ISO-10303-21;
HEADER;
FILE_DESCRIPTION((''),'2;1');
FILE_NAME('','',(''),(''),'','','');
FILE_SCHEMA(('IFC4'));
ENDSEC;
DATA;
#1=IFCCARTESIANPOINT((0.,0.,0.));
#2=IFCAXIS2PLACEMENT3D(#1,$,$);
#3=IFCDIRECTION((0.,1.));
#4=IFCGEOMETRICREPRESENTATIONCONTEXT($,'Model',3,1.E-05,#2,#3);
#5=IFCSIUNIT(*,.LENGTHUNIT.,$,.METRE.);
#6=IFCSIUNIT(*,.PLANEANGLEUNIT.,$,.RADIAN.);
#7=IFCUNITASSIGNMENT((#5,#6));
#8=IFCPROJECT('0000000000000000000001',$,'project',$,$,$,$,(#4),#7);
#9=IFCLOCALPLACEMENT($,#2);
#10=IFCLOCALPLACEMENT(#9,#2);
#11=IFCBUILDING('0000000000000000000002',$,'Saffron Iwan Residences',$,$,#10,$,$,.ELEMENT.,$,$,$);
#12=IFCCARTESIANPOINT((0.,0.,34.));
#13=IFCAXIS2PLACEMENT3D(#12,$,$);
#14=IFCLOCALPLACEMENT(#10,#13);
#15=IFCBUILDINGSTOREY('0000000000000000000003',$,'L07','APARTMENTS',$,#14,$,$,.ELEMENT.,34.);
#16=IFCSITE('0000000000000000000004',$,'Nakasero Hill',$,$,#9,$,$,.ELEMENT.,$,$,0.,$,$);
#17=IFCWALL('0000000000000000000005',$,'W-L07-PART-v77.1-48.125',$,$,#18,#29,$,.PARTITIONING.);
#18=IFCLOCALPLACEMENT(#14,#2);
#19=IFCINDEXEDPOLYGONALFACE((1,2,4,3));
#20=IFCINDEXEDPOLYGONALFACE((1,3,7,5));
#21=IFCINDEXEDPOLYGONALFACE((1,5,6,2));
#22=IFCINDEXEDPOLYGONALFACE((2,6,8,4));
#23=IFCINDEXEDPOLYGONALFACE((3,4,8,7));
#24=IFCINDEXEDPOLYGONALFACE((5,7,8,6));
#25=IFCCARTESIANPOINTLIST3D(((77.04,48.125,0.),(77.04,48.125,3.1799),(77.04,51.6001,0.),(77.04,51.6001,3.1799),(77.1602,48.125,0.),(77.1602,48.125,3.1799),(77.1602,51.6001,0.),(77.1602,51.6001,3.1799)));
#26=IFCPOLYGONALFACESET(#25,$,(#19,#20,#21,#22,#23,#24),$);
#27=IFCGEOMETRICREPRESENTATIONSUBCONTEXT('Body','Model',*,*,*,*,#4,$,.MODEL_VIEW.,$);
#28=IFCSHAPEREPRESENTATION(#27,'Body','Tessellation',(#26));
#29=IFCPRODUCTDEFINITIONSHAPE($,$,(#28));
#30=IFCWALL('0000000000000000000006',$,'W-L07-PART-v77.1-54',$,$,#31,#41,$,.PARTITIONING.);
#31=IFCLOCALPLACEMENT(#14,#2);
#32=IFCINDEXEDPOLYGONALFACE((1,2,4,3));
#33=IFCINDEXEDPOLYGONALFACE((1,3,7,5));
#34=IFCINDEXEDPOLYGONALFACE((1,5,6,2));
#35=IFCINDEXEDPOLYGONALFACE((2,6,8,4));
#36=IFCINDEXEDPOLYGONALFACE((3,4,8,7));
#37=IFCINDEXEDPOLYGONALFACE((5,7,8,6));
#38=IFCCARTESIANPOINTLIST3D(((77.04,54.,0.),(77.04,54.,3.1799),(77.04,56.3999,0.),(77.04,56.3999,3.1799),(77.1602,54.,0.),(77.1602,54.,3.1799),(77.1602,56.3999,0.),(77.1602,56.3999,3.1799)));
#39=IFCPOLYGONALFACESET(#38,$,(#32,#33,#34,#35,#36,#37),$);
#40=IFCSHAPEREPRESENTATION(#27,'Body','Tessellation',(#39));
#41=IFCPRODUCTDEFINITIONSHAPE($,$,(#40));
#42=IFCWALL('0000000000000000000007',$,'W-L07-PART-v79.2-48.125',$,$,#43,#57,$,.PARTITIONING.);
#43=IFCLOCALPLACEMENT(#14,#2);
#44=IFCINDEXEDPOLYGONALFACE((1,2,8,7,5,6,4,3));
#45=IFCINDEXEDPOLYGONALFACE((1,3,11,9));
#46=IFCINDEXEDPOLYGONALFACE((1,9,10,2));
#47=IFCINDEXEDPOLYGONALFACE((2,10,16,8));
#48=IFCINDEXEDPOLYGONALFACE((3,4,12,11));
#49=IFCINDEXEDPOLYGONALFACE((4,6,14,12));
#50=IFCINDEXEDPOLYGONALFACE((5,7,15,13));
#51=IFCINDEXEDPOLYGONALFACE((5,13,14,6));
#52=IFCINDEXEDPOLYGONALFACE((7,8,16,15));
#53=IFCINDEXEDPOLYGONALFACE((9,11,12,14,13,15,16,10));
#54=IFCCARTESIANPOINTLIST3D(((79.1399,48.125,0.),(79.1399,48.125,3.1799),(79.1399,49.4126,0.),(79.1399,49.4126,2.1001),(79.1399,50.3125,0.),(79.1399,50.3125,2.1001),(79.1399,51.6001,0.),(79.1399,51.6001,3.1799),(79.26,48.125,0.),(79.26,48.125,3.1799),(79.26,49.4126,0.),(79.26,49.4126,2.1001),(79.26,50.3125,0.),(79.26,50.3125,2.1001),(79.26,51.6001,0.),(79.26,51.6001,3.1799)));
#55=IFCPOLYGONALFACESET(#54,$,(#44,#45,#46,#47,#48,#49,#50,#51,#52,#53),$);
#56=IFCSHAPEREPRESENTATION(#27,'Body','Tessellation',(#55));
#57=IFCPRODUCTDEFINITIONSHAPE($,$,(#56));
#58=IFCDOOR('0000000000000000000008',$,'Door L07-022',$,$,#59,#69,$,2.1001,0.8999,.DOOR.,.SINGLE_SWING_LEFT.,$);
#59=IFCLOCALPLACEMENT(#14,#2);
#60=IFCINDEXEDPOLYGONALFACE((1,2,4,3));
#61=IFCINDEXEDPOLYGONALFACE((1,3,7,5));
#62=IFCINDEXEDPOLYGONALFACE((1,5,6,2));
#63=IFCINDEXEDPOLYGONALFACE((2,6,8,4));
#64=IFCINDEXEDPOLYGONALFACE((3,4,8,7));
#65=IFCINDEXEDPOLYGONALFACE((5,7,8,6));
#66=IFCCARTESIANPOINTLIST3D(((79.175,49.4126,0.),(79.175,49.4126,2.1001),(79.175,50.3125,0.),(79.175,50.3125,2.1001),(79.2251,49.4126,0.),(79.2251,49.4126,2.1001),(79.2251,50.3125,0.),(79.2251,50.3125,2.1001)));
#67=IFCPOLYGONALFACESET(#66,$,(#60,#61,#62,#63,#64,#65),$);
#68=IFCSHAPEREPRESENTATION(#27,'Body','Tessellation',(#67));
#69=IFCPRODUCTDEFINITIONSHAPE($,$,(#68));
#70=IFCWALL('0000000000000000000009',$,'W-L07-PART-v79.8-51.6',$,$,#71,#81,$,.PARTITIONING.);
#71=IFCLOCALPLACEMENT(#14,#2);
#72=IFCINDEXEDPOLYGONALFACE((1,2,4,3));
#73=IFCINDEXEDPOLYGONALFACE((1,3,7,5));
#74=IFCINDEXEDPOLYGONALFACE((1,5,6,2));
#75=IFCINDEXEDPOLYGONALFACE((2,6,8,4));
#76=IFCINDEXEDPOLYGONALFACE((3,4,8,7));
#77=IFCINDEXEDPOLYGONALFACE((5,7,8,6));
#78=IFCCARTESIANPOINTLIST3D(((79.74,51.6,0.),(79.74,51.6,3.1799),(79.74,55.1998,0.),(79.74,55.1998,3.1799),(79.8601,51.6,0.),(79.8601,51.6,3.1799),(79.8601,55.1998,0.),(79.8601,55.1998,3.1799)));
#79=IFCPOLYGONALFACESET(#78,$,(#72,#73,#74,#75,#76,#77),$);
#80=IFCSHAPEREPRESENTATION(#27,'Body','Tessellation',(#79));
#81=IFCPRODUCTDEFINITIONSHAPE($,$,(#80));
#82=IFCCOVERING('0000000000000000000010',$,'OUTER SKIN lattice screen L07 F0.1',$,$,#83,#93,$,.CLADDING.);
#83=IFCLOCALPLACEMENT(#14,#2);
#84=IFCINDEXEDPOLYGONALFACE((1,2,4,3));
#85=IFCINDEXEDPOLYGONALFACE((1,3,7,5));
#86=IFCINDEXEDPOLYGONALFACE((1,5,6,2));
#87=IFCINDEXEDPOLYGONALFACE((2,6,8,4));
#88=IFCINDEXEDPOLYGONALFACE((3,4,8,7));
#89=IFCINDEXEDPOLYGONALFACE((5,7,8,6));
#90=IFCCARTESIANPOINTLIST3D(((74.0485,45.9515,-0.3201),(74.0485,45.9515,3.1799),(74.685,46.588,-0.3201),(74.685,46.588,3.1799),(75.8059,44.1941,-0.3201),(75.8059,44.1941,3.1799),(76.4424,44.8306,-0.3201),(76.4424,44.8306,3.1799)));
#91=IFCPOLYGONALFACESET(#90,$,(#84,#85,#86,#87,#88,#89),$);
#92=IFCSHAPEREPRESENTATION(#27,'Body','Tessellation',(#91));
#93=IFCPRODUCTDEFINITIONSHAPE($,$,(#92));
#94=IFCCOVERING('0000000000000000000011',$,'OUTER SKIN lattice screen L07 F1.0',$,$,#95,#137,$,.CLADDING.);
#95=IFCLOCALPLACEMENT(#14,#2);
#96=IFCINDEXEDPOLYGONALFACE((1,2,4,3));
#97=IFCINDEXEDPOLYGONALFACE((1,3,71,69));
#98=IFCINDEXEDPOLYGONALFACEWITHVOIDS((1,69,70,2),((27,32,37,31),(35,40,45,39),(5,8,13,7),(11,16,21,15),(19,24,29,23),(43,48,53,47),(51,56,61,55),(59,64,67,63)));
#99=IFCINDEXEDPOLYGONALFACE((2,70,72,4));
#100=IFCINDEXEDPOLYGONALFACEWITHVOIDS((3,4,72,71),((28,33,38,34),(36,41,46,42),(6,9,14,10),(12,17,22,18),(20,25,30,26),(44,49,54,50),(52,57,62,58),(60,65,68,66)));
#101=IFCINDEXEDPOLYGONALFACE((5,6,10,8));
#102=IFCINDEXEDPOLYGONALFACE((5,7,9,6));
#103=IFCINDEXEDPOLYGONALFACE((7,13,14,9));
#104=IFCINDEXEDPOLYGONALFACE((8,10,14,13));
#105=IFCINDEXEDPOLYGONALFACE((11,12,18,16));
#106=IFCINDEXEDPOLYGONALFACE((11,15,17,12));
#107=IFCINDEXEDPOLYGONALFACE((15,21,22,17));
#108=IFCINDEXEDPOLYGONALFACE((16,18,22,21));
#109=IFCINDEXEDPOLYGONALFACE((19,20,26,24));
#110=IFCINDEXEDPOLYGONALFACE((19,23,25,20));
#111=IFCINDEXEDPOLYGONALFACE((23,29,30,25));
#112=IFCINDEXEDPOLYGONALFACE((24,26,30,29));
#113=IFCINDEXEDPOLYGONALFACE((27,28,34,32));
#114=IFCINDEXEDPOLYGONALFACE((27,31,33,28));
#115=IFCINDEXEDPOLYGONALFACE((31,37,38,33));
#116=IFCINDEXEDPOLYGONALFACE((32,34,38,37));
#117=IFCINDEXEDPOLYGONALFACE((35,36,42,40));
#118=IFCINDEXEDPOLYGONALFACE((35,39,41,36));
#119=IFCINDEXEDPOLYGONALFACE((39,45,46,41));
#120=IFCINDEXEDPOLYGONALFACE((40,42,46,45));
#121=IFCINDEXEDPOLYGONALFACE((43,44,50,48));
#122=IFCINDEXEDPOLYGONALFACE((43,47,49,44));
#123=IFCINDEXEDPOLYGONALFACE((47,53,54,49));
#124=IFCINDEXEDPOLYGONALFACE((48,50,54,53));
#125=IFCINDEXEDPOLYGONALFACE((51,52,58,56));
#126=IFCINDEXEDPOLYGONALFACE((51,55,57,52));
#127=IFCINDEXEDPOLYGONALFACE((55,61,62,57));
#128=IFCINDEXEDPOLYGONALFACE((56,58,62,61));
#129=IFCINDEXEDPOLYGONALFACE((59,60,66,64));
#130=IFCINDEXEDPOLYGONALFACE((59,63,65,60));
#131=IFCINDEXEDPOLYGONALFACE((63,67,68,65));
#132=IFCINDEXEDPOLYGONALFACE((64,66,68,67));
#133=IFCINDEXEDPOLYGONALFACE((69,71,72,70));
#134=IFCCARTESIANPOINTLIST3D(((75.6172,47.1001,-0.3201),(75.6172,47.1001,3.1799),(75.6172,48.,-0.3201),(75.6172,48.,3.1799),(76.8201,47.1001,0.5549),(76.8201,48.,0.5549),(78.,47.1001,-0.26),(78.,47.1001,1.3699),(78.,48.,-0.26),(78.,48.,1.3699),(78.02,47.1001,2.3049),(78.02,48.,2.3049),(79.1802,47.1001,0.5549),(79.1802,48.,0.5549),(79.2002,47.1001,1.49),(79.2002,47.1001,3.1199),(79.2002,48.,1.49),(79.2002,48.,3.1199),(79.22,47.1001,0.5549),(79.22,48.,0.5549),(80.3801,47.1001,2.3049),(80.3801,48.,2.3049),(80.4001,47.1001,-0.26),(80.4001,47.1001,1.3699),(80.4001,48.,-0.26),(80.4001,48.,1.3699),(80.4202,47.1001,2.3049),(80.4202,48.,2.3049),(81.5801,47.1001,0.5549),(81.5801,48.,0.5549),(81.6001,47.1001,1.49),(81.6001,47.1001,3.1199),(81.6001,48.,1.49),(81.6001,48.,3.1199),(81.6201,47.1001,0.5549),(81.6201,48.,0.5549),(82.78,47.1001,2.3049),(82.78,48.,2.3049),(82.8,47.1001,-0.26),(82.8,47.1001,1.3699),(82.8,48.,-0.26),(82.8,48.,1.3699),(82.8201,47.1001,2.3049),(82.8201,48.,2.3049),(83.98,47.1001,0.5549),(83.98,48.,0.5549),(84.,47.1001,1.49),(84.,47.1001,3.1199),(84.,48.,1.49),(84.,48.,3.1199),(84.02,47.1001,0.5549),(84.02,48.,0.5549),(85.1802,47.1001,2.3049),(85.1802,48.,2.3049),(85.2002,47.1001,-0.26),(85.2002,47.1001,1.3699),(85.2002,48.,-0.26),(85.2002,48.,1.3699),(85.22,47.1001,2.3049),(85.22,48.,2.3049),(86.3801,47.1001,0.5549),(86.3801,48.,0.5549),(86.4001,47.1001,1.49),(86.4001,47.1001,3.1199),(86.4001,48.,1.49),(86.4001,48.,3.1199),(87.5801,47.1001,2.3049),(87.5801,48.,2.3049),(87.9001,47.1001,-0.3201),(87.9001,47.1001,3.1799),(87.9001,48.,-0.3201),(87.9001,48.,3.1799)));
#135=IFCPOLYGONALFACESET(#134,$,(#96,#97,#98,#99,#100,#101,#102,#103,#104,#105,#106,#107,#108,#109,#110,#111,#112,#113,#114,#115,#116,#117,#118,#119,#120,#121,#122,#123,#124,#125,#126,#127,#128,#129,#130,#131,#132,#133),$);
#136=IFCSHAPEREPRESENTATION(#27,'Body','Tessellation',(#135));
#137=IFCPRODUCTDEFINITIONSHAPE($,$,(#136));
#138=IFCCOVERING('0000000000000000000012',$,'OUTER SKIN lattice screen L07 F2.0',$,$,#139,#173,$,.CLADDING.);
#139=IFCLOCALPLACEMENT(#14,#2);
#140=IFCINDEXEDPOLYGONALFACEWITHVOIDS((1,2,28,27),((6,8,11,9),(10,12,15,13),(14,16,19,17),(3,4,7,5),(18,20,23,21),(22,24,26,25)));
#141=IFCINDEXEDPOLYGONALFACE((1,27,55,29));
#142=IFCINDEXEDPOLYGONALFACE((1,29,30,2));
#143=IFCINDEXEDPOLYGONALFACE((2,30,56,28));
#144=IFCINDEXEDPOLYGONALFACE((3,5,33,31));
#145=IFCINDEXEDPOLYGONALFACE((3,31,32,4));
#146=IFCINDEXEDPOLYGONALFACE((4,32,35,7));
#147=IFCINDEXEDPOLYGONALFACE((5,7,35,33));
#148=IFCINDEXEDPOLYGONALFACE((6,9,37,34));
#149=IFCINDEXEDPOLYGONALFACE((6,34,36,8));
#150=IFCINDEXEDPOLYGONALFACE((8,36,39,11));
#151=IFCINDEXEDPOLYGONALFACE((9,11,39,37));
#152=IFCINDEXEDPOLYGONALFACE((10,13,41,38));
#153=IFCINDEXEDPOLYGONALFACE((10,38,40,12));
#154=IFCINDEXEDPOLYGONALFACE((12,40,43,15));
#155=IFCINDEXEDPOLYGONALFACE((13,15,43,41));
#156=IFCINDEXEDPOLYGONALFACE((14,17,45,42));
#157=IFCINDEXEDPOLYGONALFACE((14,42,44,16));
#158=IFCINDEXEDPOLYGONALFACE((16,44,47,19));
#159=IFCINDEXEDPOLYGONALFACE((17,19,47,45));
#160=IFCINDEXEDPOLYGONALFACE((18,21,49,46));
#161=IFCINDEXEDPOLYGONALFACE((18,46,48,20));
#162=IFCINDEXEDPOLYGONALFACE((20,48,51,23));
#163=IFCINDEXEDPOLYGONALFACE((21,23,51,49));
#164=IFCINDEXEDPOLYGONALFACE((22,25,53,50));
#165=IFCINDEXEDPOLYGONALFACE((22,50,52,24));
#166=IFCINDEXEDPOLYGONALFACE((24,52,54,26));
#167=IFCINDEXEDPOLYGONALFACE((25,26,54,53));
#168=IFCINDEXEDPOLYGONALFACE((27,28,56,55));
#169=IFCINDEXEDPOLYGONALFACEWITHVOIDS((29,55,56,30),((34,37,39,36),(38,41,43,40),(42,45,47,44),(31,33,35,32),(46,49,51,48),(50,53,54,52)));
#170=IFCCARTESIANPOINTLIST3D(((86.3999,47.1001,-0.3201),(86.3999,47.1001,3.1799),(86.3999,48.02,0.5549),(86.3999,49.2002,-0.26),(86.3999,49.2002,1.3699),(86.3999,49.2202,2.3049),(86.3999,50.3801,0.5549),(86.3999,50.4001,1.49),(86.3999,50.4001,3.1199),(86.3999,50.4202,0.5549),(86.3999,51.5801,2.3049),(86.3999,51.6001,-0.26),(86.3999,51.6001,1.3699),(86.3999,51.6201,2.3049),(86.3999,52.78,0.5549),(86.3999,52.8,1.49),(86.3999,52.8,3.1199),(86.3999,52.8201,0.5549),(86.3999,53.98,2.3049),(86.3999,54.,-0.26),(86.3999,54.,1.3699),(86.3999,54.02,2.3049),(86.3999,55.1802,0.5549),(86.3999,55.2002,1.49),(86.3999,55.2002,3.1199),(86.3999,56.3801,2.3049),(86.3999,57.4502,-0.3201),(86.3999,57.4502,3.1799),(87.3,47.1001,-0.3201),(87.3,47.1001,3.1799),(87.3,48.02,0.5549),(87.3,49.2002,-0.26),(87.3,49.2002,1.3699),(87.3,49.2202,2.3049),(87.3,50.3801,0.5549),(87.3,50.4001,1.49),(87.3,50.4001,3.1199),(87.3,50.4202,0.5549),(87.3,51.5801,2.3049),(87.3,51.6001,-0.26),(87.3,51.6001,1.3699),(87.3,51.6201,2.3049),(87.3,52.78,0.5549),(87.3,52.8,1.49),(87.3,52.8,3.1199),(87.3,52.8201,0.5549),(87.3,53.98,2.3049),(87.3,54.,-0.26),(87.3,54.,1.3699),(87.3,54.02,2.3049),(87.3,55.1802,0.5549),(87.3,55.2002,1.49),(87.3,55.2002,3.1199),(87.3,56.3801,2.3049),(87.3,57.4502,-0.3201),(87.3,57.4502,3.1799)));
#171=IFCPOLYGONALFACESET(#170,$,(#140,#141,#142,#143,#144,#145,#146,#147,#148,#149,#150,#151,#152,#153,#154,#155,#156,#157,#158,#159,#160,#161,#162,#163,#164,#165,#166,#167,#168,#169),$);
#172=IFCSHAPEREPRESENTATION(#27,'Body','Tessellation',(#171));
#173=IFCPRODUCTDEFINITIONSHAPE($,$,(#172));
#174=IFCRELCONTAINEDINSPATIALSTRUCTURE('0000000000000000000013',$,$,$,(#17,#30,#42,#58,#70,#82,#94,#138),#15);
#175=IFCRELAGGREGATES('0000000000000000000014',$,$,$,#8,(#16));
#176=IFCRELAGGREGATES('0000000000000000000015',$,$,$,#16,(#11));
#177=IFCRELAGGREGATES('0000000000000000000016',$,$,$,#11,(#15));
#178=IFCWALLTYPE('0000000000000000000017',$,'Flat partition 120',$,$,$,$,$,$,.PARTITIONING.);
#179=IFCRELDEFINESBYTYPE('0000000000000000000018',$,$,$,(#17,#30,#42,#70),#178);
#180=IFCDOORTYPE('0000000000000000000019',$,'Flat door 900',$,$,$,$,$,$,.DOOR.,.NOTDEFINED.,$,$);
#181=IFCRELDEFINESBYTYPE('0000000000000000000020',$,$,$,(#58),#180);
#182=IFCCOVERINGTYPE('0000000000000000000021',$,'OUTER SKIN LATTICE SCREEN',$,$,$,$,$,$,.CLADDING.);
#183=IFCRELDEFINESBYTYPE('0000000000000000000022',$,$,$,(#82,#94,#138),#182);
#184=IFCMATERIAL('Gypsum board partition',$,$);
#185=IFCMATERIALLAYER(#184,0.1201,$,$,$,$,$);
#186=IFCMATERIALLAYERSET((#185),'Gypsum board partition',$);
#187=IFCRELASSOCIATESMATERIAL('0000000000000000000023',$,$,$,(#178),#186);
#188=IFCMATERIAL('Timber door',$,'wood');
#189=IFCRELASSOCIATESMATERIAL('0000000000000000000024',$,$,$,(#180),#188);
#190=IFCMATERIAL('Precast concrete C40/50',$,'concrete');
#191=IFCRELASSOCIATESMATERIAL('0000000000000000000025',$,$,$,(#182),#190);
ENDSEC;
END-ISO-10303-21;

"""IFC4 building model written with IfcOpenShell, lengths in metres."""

from ifc_helpers import new_model, si_unit, direction, frame, frame_2d, origin, place, context, subcontext, project, spatial, polyline, rectangle, outline, extrude, material, layer, layer_set, type_object, element, fill, save


model = new_model("IFC4")

# Units and contexts
model_context = context("Model", 3, precision=1e-05, world=origin(), true_north=direction((0.0, 1.0)))
body_context = subcontext(model_context, "Body", "Model", "MODEL_VIEW")
ifc_project = project(units=[si_unit("LENGTHUNIT", "METRE"), si_unit("PLANEANGLEUNIT", "RADIAN")], contexts=[model_context])

# Site, building, storey
site_placement = place(None, origin())
site = spatial("IfcSite", under=ifc_project, at=site_placement, Name="Nakasero Hill", CompositionType="ELEMENT", RefElevation=0.0)
building_placement = place(site_placement, origin())
building = spatial("IfcBuilding", under=site, at=building_placement, Name="Saffron Iwan Residences", CompositionType="ELEMENT")
storey_placement = place(building_placement, frame((0.0, 0.0, 34.0)))
storey = spatial("IfcBuildingStorey", under=building, at=storey_placement, Name="L07", Description="APARTMENTS", CompositionType="ELEMENT", Elevation=34.0)

# Shared definitions
ifc_material_1 = material(Name="Gypsum board partition")
ifc_layer_1 = layer(ifc_material_1, 0.1201)
ifc_layer_set_1 = layer_set([ifc_layer_1], Name="Gypsum board partition")
wall_type_1 = type_object("IfcWallType", Name="Flat partition 120", PredefinedType="PARTITIONING", material=ifc_layer_set_1)
ifc_material_2 = material(Name="Timber door", Category="wood")

# Walls
wall_1_placement = place(storey_placement, frame((77.1001, 48.125, 0.0), z_axis=(0.0, 0.0, 1.0), x_axis=(0.0, 1.0, 0.0)))
element("IfcWall", 1, at=wall_1_placement, inside=storey, type_object=wall_type_1, Name="W-L07-PART-v77.1-48.125", PredefinedType="PARTITIONING", context=body_context, shape_type="SweptSolid", body=[
    extrude(rectangle(XDim=3.4751, YDim=0.1201, at=frame_2d((1.7375, 0.0))), origin(), (0.0, 0.0, 1.0), 3.1799),
])
wall_2_placement = place(storey_placement, frame((77.1001, 54.0, 0.0), z_axis=(0.0, 0.0, 1.0), x_axis=(0.0, 1.0, 0.0)))
element("IfcWall", 2, at=wall_2_placement, inside=storey, type_object=wall_type_1, Name="W-L07-PART-v77.1-54", PredefinedType="PARTITIONING", context=body_context, shape_type="SweptSolid", body=[
    extrude(rectangle(XDim=2.3999, YDim=0.1201, at=frame_2d((1.2, 0.0))), origin(), (0.0, 0.0, 1.0), 3.1799),
])

# Wall, opening, door
wall_3_placement = place(storey_placement, frame((79.2, 48.125, 0.0), z_axis=(0.0, 0.0, 1.0), x_axis=(0.0, 1.0, 0.0)))
wall_3 = element("IfcWall", 3, at=wall_3_placement, inside=storey, type_object=wall_type_1, Name="W-L07-PART-v79.2-48.125", PredefinedType="PARTITIONING", context=body_context, shape_type="SweptSolid", body=[
    extrude(rectangle(XDim=3.4751, YDim=0.1201, at=frame_2d((1.7375, 0.0))), origin(), (0.0, 0.0, 1.0), 3.1799),
])
opening_1_placement = place(wall_3_placement, frame((1.2876, 0.0, 0.0)))
opening_1 = element("IfcOpeningElement", 4, at=opening_1_placement, cuts=wall_3, PredefinedType="OPENING", context=body_context, shape_type="SweptSolid", body=[
    extrude(rectangle(XDim=0.8999, YDim=2.1001, at=frame_2d((0.45, 1.05))), frame((0.0, 0.0701, 0.0), z_axis=(0.0, -1.0, 0.0), x_axis=(1.0, 0.0, 0.0)), (0.0, 0.0, 1.0), 0.1401),
])
door_type_1 = type_object("IfcDoorType", Name="Flat door 900", OperationType="NOTDEFINED", PredefinedType="DOOR", material=ifc_material_2)
door_1_placement = place(opening_1_placement, origin())
door_1 = element("IfcDoor", 5, at=door_1_placement, inside=storey, type_object=door_type_1, Name="Door L07-022", OperationType="SINGLE_SWING_LEFT", OverallHeight=2.1001, OverallWidth=0.8999, PredefinedType="DOOR", context=body_context, shape_type="SweptSolid", body=[
    extrude(rectangle(XDim=0.8999, YDim=2.1001, at=frame_2d((0.45, 1.05))), frame((0.0, 0.0249, 0.0), z_axis=(0.0, -1.0, 0.0), x_axis=(1.0, 0.0, 0.0)), (0.0, 0.0, 1.0), 0.05),
])
fill(opening_1, door_1)

# Wall
wall_4_placement = place(storey_placement, frame((79.8, 51.6001, 0.0), z_axis=(0.0, 0.0, 1.0), x_axis=(0.0, 1.0, 0.0)))
element("IfcWall", 6, at=wall_4_placement, inside=storey, type_object=wall_type_1, Name="W-L07-PART-v79.8-51.6", PredefinedType="PARTITIONING", context=body_context, shape_type="SweptSolid", body=[
    extrude(rectangle(XDim=3.5999, YDim=0.1201, at=frame_2d((1.7998, 0.0))), origin(), (0.0, 0.0, 1.0), 3.1799),
])

# Coverings
ifc_material_3 = material(Name="Precast concrete C40/50", Category="concrete")
covering_type = type_object("IfcCoveringType", Name="OUTER SKIN LATTICE SCREEN", PredefinedType="CLADDING", material=ifc_material_3)
covering_1_placement = place(storey_placement, frame((75.8059, 44.1941, -0.3201), z_axis=(0.707107, 0.707107, 0.0), x_axis=(-0.707107, 0.707107, 0.0)))
element("IfcCovering", 7, at=covering_1_placement, inside=storey, type_object=covering_type, Name="OUTER SKIN lattice screen L07 F0.1", PredefinedType="CLADDING", context=body_context, shape_type="SweptSolid", body=[
    extrude(outline(polyline([(0.0, 0.0), (2.4854, 0.0), (2.4854, 3.5), (0.0, 3.5), (0.0, 0.0)])), origin(), (0.0, 0.0, 1.0), 0.9001),
])
covering_2_placement = place(storey_placement, frame((75.6172, 48.0, -0.3201), z_axis=(0.0, -1.0, 0.0), x_axis=(1.0, 0.0, 0.0)))
element("IfcCovering", 8, at=covering_2_placement, inside=storey, type_object=covering_type, Name="OUTER SKIN lattice screen L07 F1.0", PredefinedType="CLADDING", context=body_context, shape_type="SweptSolid", body=[
    extrude(outline(polyline([(0.0, 0.0), (12.283, 0.0), (12.283, 3.5), (0.0, 3.5), (0.0, 0.0)]), holes=[polyline([(1.2029, 0.875), (2.3828, 0.0601), (3.563, 0.875), (2.3828, 1.6899), (1.2029, 0.875)]), polyline([(3.6028, 0.875), (4.783, 0.0601), (5.9629, 0.875), (4.783, 1.6899), (3.6028, 0.875)]), polyline([(6.0029, 0.875), (7.1829, 0.0601), (8.3628, 0.875), (7.1829, 1.6899), (6.0029, 0.875)]), polyline([(8.4028, 0.875), (9.583, 0.0601), (10.7629, 0.875), (9.583, 1.6899), (8.4028, 0.875)]), polyline([(2.4028, 2.625), (3.583, 1.8101), (4.7629, 2.625), (3.583, 3.4399), (2.4028, 2.625)]), polyline([(4.803, 2.625), (5.9829, 1.8101), (7.1628, 2.625), (5.9829, 3.4399), (4.803, 2.625)]), polyline([(7.2029, 2.625), (8.3828, 1.8101), (9.563, 2.625), (8.3828, 3.4399), (7.2029, 2.625)]), polyline([(9.6028, 2.625), (10.783, 1.8101), (11.9629, 2.625), (10.783, 3.4399), (9.6028, 2.625)])]), origin(), (0.0, 0.0, 1.0), 0.8999),
])
covering_3_placement = place(storey_placement, frame((86.3999, 47.1001, -0.3201), z_axis=(1.0, 0.0, 0.0), x_axis=(0.0, 1.0, 0.0)))
element("IfcCovering", 9, at=covering_3_placement, inside=storey, type_object=covering_type, Name="OUTER SKIN lattice screen L07 F2.0", PredefinedType="CLADDING", context=body_context, shape_type="SweptSolid", body=[
    extrude(outline(polyline([(0.0, 0.0), (10.3501, 0.0), (10.3501, 3.5), (0.0, 3.5), (0.0, 0.0)]), holes=[polyline([(0.9199, 0.875), (2.1001, 0.0601), (3.28, 0.875), (2.1001, 1.6899), (0.9199, 0.875)]), polyline([(3.3201, 0.875), (4.5, 0.0601), (5.6799, 0.875), (4.5, 1.6899), (3.3201, 0.875)]), polyline([(5.72, 0.875), (6.8999, 0.0601), (8.0801, 0.875), (6.8999, 1.6899), (5.72, 0.875)]), polyline([(2.1201, 2.625), (3.3, 1.8101), (4.48, 2.625), (3.3, 3.4399), (2.1201, 2.625)]), polyline([(4.52, 2.625), (5.7, 1.8101), (6.8799, 2.625), (5.7, 3.4399), (4.52, 2.625)]), polyline([(6.9199, 2.625), (8.1001, 1.8101), (9.28, 2.625), (8.1001, 3.4399), (6.9199, 2.625)])]), origin(), (0.0, 0.0, 1.0), 0.9001),
])

save(model, "model.ifc")
